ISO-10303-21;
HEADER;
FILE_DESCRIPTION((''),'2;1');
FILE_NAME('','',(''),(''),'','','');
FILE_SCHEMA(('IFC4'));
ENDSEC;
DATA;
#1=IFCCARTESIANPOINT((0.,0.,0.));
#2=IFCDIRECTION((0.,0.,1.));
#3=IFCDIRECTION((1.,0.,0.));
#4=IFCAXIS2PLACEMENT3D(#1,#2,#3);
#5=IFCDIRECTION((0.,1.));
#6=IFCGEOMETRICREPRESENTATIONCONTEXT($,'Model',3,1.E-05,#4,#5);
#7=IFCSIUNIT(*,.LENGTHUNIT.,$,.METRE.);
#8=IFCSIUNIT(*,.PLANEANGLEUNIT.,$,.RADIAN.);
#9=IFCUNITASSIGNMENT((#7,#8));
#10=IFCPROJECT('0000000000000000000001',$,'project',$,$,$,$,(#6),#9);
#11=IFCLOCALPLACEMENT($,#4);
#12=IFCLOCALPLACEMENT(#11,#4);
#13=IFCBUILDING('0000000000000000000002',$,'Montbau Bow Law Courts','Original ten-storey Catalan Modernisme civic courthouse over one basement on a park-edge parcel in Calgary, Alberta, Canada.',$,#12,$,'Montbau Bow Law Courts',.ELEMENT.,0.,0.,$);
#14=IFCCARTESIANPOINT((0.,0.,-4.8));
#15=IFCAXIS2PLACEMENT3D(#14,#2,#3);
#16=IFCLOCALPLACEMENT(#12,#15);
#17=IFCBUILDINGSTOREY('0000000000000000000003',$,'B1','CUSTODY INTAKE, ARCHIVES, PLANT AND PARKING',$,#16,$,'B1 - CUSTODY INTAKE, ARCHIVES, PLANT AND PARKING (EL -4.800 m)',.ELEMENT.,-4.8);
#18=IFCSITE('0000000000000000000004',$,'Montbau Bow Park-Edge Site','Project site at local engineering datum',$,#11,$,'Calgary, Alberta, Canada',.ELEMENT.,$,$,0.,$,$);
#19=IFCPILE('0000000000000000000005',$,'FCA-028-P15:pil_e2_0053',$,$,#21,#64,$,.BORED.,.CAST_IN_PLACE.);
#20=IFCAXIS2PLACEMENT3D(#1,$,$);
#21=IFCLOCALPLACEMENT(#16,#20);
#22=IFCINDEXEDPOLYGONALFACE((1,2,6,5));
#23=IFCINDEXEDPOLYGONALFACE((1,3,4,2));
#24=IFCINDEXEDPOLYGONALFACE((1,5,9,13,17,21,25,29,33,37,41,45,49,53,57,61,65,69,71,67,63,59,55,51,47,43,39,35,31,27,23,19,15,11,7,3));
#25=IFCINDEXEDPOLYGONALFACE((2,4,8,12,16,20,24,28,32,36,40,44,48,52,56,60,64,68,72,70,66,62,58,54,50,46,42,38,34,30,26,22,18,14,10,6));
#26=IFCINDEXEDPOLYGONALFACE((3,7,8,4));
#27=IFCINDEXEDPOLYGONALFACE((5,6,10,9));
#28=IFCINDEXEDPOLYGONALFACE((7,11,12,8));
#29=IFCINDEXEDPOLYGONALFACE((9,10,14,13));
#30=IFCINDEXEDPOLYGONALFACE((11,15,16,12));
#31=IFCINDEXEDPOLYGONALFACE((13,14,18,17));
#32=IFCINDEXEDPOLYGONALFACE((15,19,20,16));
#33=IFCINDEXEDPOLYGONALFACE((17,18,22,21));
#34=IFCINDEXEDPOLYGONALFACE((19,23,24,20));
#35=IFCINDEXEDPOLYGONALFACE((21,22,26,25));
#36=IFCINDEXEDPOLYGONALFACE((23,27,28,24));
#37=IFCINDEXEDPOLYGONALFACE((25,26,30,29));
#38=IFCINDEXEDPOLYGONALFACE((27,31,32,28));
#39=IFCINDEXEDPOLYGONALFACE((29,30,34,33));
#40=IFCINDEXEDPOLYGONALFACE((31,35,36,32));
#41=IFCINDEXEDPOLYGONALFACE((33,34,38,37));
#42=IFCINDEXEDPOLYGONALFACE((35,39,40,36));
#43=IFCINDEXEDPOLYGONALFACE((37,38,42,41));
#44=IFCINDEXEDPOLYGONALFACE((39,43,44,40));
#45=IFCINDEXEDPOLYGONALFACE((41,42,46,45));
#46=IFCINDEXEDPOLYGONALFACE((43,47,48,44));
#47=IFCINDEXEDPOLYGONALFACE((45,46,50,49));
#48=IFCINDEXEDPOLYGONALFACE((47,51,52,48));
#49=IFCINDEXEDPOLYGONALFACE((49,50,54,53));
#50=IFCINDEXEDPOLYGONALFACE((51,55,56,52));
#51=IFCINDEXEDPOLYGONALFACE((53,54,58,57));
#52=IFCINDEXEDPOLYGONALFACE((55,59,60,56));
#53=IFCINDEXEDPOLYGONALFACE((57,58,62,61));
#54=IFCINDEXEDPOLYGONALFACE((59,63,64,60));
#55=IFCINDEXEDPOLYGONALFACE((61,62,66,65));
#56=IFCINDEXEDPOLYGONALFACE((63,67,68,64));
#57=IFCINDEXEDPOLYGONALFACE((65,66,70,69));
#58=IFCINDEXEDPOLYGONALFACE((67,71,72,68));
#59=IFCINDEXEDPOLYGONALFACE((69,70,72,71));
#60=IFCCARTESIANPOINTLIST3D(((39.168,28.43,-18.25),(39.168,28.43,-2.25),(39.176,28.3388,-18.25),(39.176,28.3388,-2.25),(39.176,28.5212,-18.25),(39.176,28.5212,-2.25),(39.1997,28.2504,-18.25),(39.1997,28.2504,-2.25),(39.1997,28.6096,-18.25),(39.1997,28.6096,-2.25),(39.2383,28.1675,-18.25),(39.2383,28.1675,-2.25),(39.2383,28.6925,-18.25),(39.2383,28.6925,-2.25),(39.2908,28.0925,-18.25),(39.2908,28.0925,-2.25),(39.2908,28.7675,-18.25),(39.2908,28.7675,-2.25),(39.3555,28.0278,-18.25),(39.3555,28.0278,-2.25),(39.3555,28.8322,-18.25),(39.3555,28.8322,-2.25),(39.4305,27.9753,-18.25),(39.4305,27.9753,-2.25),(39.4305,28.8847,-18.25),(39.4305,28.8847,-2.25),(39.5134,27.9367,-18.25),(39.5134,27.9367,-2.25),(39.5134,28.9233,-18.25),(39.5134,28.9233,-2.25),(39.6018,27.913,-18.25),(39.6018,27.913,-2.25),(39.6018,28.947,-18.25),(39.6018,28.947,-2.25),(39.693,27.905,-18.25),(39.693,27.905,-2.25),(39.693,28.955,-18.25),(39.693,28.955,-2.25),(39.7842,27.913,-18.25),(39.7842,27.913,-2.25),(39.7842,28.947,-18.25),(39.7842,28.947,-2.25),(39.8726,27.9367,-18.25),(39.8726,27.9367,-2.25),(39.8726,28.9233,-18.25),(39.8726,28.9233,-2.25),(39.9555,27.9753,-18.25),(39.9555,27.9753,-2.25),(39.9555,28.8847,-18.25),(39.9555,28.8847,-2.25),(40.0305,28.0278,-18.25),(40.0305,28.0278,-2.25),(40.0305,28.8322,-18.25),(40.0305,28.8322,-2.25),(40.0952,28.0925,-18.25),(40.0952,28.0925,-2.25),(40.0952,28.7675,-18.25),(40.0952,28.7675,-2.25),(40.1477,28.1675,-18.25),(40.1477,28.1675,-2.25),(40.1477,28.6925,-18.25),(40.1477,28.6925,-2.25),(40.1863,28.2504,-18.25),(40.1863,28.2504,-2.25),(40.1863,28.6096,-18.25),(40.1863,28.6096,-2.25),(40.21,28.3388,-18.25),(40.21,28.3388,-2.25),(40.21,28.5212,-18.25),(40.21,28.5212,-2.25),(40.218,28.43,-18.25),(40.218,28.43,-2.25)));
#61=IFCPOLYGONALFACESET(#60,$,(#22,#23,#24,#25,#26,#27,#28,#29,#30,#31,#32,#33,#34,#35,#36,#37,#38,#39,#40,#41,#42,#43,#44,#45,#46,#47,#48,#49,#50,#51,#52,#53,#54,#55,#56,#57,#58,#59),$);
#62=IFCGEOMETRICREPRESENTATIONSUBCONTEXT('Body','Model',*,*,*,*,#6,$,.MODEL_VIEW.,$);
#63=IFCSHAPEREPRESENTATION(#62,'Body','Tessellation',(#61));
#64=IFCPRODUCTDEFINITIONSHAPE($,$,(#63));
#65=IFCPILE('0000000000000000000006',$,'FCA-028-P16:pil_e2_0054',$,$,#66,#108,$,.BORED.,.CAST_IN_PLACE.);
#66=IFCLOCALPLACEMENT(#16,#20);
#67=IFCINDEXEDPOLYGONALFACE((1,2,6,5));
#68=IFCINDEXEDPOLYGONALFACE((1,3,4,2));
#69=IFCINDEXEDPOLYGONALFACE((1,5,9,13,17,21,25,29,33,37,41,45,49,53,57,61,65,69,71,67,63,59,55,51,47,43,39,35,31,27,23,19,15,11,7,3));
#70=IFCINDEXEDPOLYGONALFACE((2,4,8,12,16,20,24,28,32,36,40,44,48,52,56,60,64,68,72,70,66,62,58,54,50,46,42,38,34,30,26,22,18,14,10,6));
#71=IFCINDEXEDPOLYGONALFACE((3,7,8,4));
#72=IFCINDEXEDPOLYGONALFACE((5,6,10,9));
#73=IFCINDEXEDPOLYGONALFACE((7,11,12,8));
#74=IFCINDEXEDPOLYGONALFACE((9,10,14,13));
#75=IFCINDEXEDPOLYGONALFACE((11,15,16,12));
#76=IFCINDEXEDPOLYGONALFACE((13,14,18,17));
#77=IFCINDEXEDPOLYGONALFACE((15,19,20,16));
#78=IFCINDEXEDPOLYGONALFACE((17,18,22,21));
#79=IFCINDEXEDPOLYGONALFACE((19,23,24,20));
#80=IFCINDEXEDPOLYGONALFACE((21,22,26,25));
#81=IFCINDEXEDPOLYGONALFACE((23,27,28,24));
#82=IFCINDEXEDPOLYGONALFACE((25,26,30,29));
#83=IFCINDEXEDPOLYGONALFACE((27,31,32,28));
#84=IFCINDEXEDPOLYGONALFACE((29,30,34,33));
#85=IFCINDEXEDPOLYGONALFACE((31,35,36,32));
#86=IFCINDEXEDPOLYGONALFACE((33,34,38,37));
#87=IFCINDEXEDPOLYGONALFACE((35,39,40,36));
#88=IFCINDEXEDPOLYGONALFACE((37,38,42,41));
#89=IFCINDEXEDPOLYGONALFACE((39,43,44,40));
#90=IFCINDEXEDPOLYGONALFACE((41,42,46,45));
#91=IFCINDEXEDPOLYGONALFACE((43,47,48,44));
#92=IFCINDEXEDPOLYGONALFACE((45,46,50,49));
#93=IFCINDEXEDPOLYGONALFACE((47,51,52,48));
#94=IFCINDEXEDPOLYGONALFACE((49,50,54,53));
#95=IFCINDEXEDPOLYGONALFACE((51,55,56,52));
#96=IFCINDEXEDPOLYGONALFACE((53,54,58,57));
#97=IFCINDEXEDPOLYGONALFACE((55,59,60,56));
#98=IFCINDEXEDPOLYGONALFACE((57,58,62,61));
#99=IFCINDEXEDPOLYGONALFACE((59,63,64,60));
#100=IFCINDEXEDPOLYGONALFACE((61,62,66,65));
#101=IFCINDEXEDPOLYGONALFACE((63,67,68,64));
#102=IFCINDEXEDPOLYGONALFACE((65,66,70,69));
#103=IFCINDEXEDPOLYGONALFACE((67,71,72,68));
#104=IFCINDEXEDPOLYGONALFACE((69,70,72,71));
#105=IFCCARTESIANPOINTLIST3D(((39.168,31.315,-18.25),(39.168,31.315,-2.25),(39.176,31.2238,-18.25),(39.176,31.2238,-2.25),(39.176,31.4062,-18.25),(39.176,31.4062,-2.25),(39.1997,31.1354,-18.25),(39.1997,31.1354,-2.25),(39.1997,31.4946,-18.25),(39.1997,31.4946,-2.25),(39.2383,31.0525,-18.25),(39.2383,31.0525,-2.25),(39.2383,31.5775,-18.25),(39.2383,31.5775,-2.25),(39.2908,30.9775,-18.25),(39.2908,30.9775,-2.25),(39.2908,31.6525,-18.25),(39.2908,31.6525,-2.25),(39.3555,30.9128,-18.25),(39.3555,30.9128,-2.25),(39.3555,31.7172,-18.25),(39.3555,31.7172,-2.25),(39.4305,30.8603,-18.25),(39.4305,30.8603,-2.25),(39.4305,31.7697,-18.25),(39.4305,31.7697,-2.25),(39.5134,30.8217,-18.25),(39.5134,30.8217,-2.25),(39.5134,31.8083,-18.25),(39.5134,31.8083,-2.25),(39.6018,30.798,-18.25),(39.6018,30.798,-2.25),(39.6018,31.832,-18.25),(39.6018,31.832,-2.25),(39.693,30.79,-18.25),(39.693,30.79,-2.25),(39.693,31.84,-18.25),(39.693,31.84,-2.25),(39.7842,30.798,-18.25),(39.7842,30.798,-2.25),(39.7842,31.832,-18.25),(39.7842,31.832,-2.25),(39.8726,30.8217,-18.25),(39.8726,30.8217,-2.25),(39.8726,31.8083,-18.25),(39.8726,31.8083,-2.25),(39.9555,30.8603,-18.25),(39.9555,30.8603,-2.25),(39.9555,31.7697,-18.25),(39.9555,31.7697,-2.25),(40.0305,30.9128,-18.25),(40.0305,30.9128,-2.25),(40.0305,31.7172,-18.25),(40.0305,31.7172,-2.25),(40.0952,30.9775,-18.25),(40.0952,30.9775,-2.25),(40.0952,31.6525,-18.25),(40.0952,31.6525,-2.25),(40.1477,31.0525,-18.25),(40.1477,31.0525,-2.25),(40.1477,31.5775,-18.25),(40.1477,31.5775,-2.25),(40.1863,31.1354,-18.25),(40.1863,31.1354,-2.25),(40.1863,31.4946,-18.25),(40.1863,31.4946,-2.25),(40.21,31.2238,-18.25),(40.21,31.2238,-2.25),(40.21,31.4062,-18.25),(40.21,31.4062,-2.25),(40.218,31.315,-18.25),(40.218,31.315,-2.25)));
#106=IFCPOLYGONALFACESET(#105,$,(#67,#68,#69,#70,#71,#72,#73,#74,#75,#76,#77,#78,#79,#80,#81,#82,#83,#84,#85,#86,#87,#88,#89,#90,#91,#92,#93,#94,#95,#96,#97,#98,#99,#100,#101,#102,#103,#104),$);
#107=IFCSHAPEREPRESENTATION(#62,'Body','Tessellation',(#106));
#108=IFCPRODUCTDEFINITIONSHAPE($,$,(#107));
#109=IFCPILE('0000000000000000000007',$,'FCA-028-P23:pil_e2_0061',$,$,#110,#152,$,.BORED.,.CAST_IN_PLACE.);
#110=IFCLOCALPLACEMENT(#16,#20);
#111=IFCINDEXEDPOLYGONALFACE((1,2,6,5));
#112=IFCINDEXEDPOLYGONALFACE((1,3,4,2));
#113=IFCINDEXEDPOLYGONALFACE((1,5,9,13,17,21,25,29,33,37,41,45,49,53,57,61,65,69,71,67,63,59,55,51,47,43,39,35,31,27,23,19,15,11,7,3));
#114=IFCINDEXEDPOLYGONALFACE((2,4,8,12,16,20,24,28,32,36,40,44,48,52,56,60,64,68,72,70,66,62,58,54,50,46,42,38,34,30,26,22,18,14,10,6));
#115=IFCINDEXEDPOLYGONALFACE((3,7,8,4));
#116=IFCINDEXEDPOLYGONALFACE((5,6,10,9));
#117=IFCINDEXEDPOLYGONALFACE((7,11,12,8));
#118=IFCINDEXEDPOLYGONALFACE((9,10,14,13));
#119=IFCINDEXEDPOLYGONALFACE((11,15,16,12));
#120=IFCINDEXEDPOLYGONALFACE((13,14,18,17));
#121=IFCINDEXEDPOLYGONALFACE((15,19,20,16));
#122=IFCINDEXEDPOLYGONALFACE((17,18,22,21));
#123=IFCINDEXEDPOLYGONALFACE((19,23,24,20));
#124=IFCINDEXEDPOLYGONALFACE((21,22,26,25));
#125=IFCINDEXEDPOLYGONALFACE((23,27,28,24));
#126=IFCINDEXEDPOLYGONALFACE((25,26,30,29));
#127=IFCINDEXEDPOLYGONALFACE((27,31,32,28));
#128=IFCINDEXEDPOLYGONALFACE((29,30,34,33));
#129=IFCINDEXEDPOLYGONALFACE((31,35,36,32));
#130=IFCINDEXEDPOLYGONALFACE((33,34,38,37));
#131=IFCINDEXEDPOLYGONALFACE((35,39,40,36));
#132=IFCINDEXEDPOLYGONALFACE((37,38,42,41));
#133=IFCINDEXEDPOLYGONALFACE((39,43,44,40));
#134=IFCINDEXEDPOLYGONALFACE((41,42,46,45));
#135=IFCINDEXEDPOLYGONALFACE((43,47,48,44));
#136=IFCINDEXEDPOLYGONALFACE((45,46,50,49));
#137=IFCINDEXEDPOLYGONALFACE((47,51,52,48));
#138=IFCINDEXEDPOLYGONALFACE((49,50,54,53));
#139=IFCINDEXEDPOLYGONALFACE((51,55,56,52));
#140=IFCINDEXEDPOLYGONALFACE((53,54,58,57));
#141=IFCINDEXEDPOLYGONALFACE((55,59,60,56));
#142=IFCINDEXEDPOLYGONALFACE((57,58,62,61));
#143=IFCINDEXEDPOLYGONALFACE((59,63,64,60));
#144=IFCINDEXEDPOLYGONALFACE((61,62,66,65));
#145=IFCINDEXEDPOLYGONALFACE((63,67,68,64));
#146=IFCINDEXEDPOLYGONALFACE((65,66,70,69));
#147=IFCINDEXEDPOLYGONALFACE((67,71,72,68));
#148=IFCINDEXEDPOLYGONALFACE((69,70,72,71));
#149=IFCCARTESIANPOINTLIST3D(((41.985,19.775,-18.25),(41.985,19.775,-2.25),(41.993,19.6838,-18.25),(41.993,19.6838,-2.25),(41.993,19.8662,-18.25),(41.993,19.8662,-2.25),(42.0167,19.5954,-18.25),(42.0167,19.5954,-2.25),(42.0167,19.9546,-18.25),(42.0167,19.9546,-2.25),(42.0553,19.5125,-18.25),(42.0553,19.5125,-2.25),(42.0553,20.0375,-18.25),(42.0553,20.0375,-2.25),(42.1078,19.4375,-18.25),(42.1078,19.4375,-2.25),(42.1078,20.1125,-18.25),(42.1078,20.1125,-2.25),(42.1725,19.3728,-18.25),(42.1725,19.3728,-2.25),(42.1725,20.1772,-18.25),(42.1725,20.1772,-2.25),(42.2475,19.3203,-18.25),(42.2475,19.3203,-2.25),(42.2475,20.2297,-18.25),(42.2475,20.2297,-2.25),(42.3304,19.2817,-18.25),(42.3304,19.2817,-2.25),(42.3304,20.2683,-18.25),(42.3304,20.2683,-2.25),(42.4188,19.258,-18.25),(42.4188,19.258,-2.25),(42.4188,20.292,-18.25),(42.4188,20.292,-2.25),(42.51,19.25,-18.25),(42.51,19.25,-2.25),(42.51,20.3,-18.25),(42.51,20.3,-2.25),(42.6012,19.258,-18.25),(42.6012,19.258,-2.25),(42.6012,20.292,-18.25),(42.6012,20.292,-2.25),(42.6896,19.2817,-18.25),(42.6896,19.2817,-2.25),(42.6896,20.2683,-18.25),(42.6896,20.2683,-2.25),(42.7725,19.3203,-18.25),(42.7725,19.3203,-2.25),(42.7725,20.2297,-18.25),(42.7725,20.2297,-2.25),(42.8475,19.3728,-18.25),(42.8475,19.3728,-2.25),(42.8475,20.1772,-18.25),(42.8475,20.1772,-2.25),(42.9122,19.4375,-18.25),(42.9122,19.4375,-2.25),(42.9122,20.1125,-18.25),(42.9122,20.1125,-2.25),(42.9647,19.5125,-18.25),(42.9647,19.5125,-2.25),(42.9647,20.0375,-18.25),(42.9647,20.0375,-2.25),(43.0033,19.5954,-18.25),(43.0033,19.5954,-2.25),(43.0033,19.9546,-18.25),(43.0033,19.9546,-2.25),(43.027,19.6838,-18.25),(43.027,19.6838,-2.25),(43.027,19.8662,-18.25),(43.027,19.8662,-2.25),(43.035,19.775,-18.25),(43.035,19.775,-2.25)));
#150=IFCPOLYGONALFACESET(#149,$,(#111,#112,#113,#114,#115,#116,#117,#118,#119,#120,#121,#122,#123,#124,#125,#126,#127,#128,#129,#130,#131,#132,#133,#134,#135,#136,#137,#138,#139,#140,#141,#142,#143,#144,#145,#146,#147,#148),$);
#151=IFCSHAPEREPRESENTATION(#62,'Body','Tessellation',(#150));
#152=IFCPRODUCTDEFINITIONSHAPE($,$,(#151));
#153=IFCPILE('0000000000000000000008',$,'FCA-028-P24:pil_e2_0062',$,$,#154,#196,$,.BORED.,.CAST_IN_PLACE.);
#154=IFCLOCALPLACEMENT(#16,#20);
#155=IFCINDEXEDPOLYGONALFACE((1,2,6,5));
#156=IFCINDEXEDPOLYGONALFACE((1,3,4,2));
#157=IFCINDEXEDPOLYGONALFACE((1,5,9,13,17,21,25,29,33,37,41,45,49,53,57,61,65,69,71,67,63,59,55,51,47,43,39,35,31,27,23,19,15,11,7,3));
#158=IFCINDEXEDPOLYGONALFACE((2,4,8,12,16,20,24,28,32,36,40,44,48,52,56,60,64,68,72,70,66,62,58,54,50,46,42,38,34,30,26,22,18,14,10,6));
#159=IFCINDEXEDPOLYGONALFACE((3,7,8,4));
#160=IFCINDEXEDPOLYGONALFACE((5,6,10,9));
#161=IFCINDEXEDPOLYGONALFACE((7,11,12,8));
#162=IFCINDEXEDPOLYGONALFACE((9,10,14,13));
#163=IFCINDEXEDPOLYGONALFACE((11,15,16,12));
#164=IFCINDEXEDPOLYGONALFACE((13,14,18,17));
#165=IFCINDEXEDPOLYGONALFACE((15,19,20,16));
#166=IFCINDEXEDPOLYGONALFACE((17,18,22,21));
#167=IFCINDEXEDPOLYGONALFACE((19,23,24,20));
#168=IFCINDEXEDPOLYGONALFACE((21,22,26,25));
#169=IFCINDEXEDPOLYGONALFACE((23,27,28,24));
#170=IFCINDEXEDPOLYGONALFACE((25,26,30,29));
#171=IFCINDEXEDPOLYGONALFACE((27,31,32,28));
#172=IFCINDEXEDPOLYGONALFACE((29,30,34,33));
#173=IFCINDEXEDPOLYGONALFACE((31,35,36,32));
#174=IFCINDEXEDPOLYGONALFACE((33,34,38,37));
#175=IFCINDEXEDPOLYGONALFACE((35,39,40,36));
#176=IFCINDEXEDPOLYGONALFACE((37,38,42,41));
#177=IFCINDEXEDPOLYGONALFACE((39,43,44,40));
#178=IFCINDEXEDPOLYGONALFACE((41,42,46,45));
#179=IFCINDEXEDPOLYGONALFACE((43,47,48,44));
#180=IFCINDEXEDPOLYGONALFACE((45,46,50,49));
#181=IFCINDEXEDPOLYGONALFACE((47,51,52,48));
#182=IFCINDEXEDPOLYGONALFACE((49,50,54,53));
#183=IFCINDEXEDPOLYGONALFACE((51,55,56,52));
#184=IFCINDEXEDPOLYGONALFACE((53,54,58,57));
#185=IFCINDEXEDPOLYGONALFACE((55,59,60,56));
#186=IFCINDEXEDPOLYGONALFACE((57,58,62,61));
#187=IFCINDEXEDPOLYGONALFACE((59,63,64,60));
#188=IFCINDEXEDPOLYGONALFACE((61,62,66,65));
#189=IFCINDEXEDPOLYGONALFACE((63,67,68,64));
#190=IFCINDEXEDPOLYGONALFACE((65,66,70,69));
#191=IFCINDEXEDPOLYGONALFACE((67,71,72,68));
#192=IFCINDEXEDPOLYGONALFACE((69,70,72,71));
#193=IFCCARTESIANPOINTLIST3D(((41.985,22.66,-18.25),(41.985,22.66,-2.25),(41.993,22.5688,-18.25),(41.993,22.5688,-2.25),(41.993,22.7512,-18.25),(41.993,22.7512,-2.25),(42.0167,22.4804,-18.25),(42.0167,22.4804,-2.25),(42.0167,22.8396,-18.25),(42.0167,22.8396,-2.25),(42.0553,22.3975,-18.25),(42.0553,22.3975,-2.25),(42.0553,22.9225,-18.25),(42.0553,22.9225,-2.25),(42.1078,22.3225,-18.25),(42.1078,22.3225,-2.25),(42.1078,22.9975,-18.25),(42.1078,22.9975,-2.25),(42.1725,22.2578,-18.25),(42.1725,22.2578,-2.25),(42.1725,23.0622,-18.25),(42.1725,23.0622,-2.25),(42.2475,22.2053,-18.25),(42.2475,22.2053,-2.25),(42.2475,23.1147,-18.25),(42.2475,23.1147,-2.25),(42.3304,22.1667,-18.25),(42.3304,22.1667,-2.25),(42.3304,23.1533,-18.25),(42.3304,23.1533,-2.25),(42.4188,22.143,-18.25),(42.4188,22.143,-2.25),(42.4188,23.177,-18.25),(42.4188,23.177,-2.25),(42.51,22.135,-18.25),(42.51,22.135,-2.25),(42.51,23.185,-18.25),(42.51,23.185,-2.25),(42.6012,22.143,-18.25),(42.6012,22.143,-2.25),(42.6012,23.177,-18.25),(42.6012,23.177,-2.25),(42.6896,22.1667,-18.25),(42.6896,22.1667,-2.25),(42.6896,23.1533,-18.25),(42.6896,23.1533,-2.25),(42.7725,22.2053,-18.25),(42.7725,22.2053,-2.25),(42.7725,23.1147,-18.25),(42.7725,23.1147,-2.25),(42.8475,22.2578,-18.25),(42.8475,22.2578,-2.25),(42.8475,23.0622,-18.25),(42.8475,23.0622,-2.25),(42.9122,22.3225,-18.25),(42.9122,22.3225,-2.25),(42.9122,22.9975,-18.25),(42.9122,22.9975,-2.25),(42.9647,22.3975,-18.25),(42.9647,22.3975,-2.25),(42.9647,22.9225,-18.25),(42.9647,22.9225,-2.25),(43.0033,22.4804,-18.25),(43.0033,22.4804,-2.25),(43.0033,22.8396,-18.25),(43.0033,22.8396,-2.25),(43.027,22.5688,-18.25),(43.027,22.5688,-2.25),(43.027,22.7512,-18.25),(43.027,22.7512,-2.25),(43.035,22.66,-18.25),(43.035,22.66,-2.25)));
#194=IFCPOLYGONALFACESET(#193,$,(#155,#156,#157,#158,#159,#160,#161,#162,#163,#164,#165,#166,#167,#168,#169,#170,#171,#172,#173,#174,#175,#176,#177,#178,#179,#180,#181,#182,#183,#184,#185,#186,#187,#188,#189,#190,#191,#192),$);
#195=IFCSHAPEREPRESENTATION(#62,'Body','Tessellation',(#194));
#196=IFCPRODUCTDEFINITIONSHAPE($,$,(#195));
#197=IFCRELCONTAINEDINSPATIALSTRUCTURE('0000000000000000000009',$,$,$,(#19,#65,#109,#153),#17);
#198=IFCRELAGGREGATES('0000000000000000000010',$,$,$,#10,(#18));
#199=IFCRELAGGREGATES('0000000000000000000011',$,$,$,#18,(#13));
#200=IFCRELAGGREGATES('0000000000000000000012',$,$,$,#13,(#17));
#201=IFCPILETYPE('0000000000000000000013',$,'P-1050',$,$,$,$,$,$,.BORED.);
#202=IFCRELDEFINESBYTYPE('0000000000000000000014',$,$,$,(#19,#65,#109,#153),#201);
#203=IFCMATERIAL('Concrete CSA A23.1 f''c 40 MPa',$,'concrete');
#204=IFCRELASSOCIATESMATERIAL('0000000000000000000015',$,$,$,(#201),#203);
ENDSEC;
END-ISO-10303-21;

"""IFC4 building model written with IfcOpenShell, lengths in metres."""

from ifc_helpers import new_model, si_unit, direction, frame, origin_with_axes, origin_2d_with_axis, place, context, subcontext, project, spatial, circle, extrude, material, material_profile, profile_set, type_object, element, save


model = new_model("IFC4")

# Units and contexts
model_context = context("Model", 3, precision=1e-05, world=origin_with_axes(), true_north=direction((0.0, 1.0)))
body_context = subcontext(model_context, "Body", "Model", "MODEL_VIEW")
ifc_project = project(units=[si_unit("LENGTHUNIT", "METRE"), si_unit("PLANEANGLEUNIT", "RADIAN")], contexts=[model_context])

# Site, building, storey
site_placement = place(None, origin_with_axes())
site = spatial("IfcSite", under=ifc_project, at=site_placement, Name="Montbau Bow Park-Edge Site", Description="Project site at local engineering datum", LongName="Calgary, Alberta, Canada", CompositionType="ELEMENT", RefElevation=0.0)
building_placement = place(site_placement, origin_with_axes())
building = spatial("IfcBuilding", under=site, at=building_placement, Name="Montbau Bow Law Courts", Description="Original ten-storey Catalan Modernisme civic courthouse over one basement on a park-edge parcel in Calgary, Alberta, Canada.", LongName="Montbau Bow Law Courts", CompositionType="ELEMENT", ElevationOfRefHeight=0.0, ElevationOfTerrain=0.0)
storey_placement = place(building_placement, frame((0.0, 0.0, -4.8), z_axis=(0.0, 0.0, 1.0), x_axis=(1.0, 0.0, 0.0)))
storey = spatial("IfcBuildingStorey", under=building, at=storey_placement, Name="B1", Description="CUSTODY INTAKE, ARCHIVES, PLANT AND PARKING", LongName="B1 - CUSTODY INTAKE, ARCHIVES, PLANT AND PARKING (EL -4.800 m)", CompositionType="ELEMENT", Elevation=-4.8)

# Piles
ifc_material_1 = material(Name="Concrete CSA A23.1 f'c 40 MPa", Category="concrete")
ifc_material_profile_1 = material_profile(ifc_material_1, circle(Radius=0.525, at=origin_2d_with_axis()), Name="BP1050", Category="Main", Priority=0)
ifc_profile_set_1 = profile_set([ifc_material_profile_1], Name="Concrete CSA A23.1 f'c 40 MPa")
pile_type = type_object("IfcPileType", Name="P-1050", PredefinedType="BORED", material=ifc_profile_set_1)
for number, where, z_axis, x_axis, name in (
    (1, (39.693, 28.43, -23.05), (0.0, 0.0, 1.0), (1.0, 0.0, 0.0), "FCA-028-P15:pil_e2_0053"),
    (2, (39.693, 31.315, -23.05), (0.0, 0.0, 1.0), (1.0, 0.0, 0.0), "FCA-028-P16:pil_e2_0054"),
    (3, (42.51, 19.775, -23.05), (0.0, 0.0, 1.0), (1.0, 0.0, 0.0), "FCA-028-P23:pil_e2_0061"),
    (4, (42.51, 22.66, -23.05), (0.0, 0.0, 1.0), (1.0, 0.0, 0.0), "FCA-028-P24:pil_e2_0062"),
):
    element("IfcPile", number, at=place(None, frame(where, z_axis=z_axis, x_axis=x_axis)), inside=storey, type_object=pile_type, Name=name, ConstructionType="CAST_IN_PLACE", PredefinedType="BORED", context=body_context, shape_type="SweptSolid", body=[
        extrude(circle(Radius=0.525, at=origin_2d_with_axis()), origin_with_axes(), (0.0, 0.0, 1.0), 16.0),
    ])

save(model, "model.ifc")
